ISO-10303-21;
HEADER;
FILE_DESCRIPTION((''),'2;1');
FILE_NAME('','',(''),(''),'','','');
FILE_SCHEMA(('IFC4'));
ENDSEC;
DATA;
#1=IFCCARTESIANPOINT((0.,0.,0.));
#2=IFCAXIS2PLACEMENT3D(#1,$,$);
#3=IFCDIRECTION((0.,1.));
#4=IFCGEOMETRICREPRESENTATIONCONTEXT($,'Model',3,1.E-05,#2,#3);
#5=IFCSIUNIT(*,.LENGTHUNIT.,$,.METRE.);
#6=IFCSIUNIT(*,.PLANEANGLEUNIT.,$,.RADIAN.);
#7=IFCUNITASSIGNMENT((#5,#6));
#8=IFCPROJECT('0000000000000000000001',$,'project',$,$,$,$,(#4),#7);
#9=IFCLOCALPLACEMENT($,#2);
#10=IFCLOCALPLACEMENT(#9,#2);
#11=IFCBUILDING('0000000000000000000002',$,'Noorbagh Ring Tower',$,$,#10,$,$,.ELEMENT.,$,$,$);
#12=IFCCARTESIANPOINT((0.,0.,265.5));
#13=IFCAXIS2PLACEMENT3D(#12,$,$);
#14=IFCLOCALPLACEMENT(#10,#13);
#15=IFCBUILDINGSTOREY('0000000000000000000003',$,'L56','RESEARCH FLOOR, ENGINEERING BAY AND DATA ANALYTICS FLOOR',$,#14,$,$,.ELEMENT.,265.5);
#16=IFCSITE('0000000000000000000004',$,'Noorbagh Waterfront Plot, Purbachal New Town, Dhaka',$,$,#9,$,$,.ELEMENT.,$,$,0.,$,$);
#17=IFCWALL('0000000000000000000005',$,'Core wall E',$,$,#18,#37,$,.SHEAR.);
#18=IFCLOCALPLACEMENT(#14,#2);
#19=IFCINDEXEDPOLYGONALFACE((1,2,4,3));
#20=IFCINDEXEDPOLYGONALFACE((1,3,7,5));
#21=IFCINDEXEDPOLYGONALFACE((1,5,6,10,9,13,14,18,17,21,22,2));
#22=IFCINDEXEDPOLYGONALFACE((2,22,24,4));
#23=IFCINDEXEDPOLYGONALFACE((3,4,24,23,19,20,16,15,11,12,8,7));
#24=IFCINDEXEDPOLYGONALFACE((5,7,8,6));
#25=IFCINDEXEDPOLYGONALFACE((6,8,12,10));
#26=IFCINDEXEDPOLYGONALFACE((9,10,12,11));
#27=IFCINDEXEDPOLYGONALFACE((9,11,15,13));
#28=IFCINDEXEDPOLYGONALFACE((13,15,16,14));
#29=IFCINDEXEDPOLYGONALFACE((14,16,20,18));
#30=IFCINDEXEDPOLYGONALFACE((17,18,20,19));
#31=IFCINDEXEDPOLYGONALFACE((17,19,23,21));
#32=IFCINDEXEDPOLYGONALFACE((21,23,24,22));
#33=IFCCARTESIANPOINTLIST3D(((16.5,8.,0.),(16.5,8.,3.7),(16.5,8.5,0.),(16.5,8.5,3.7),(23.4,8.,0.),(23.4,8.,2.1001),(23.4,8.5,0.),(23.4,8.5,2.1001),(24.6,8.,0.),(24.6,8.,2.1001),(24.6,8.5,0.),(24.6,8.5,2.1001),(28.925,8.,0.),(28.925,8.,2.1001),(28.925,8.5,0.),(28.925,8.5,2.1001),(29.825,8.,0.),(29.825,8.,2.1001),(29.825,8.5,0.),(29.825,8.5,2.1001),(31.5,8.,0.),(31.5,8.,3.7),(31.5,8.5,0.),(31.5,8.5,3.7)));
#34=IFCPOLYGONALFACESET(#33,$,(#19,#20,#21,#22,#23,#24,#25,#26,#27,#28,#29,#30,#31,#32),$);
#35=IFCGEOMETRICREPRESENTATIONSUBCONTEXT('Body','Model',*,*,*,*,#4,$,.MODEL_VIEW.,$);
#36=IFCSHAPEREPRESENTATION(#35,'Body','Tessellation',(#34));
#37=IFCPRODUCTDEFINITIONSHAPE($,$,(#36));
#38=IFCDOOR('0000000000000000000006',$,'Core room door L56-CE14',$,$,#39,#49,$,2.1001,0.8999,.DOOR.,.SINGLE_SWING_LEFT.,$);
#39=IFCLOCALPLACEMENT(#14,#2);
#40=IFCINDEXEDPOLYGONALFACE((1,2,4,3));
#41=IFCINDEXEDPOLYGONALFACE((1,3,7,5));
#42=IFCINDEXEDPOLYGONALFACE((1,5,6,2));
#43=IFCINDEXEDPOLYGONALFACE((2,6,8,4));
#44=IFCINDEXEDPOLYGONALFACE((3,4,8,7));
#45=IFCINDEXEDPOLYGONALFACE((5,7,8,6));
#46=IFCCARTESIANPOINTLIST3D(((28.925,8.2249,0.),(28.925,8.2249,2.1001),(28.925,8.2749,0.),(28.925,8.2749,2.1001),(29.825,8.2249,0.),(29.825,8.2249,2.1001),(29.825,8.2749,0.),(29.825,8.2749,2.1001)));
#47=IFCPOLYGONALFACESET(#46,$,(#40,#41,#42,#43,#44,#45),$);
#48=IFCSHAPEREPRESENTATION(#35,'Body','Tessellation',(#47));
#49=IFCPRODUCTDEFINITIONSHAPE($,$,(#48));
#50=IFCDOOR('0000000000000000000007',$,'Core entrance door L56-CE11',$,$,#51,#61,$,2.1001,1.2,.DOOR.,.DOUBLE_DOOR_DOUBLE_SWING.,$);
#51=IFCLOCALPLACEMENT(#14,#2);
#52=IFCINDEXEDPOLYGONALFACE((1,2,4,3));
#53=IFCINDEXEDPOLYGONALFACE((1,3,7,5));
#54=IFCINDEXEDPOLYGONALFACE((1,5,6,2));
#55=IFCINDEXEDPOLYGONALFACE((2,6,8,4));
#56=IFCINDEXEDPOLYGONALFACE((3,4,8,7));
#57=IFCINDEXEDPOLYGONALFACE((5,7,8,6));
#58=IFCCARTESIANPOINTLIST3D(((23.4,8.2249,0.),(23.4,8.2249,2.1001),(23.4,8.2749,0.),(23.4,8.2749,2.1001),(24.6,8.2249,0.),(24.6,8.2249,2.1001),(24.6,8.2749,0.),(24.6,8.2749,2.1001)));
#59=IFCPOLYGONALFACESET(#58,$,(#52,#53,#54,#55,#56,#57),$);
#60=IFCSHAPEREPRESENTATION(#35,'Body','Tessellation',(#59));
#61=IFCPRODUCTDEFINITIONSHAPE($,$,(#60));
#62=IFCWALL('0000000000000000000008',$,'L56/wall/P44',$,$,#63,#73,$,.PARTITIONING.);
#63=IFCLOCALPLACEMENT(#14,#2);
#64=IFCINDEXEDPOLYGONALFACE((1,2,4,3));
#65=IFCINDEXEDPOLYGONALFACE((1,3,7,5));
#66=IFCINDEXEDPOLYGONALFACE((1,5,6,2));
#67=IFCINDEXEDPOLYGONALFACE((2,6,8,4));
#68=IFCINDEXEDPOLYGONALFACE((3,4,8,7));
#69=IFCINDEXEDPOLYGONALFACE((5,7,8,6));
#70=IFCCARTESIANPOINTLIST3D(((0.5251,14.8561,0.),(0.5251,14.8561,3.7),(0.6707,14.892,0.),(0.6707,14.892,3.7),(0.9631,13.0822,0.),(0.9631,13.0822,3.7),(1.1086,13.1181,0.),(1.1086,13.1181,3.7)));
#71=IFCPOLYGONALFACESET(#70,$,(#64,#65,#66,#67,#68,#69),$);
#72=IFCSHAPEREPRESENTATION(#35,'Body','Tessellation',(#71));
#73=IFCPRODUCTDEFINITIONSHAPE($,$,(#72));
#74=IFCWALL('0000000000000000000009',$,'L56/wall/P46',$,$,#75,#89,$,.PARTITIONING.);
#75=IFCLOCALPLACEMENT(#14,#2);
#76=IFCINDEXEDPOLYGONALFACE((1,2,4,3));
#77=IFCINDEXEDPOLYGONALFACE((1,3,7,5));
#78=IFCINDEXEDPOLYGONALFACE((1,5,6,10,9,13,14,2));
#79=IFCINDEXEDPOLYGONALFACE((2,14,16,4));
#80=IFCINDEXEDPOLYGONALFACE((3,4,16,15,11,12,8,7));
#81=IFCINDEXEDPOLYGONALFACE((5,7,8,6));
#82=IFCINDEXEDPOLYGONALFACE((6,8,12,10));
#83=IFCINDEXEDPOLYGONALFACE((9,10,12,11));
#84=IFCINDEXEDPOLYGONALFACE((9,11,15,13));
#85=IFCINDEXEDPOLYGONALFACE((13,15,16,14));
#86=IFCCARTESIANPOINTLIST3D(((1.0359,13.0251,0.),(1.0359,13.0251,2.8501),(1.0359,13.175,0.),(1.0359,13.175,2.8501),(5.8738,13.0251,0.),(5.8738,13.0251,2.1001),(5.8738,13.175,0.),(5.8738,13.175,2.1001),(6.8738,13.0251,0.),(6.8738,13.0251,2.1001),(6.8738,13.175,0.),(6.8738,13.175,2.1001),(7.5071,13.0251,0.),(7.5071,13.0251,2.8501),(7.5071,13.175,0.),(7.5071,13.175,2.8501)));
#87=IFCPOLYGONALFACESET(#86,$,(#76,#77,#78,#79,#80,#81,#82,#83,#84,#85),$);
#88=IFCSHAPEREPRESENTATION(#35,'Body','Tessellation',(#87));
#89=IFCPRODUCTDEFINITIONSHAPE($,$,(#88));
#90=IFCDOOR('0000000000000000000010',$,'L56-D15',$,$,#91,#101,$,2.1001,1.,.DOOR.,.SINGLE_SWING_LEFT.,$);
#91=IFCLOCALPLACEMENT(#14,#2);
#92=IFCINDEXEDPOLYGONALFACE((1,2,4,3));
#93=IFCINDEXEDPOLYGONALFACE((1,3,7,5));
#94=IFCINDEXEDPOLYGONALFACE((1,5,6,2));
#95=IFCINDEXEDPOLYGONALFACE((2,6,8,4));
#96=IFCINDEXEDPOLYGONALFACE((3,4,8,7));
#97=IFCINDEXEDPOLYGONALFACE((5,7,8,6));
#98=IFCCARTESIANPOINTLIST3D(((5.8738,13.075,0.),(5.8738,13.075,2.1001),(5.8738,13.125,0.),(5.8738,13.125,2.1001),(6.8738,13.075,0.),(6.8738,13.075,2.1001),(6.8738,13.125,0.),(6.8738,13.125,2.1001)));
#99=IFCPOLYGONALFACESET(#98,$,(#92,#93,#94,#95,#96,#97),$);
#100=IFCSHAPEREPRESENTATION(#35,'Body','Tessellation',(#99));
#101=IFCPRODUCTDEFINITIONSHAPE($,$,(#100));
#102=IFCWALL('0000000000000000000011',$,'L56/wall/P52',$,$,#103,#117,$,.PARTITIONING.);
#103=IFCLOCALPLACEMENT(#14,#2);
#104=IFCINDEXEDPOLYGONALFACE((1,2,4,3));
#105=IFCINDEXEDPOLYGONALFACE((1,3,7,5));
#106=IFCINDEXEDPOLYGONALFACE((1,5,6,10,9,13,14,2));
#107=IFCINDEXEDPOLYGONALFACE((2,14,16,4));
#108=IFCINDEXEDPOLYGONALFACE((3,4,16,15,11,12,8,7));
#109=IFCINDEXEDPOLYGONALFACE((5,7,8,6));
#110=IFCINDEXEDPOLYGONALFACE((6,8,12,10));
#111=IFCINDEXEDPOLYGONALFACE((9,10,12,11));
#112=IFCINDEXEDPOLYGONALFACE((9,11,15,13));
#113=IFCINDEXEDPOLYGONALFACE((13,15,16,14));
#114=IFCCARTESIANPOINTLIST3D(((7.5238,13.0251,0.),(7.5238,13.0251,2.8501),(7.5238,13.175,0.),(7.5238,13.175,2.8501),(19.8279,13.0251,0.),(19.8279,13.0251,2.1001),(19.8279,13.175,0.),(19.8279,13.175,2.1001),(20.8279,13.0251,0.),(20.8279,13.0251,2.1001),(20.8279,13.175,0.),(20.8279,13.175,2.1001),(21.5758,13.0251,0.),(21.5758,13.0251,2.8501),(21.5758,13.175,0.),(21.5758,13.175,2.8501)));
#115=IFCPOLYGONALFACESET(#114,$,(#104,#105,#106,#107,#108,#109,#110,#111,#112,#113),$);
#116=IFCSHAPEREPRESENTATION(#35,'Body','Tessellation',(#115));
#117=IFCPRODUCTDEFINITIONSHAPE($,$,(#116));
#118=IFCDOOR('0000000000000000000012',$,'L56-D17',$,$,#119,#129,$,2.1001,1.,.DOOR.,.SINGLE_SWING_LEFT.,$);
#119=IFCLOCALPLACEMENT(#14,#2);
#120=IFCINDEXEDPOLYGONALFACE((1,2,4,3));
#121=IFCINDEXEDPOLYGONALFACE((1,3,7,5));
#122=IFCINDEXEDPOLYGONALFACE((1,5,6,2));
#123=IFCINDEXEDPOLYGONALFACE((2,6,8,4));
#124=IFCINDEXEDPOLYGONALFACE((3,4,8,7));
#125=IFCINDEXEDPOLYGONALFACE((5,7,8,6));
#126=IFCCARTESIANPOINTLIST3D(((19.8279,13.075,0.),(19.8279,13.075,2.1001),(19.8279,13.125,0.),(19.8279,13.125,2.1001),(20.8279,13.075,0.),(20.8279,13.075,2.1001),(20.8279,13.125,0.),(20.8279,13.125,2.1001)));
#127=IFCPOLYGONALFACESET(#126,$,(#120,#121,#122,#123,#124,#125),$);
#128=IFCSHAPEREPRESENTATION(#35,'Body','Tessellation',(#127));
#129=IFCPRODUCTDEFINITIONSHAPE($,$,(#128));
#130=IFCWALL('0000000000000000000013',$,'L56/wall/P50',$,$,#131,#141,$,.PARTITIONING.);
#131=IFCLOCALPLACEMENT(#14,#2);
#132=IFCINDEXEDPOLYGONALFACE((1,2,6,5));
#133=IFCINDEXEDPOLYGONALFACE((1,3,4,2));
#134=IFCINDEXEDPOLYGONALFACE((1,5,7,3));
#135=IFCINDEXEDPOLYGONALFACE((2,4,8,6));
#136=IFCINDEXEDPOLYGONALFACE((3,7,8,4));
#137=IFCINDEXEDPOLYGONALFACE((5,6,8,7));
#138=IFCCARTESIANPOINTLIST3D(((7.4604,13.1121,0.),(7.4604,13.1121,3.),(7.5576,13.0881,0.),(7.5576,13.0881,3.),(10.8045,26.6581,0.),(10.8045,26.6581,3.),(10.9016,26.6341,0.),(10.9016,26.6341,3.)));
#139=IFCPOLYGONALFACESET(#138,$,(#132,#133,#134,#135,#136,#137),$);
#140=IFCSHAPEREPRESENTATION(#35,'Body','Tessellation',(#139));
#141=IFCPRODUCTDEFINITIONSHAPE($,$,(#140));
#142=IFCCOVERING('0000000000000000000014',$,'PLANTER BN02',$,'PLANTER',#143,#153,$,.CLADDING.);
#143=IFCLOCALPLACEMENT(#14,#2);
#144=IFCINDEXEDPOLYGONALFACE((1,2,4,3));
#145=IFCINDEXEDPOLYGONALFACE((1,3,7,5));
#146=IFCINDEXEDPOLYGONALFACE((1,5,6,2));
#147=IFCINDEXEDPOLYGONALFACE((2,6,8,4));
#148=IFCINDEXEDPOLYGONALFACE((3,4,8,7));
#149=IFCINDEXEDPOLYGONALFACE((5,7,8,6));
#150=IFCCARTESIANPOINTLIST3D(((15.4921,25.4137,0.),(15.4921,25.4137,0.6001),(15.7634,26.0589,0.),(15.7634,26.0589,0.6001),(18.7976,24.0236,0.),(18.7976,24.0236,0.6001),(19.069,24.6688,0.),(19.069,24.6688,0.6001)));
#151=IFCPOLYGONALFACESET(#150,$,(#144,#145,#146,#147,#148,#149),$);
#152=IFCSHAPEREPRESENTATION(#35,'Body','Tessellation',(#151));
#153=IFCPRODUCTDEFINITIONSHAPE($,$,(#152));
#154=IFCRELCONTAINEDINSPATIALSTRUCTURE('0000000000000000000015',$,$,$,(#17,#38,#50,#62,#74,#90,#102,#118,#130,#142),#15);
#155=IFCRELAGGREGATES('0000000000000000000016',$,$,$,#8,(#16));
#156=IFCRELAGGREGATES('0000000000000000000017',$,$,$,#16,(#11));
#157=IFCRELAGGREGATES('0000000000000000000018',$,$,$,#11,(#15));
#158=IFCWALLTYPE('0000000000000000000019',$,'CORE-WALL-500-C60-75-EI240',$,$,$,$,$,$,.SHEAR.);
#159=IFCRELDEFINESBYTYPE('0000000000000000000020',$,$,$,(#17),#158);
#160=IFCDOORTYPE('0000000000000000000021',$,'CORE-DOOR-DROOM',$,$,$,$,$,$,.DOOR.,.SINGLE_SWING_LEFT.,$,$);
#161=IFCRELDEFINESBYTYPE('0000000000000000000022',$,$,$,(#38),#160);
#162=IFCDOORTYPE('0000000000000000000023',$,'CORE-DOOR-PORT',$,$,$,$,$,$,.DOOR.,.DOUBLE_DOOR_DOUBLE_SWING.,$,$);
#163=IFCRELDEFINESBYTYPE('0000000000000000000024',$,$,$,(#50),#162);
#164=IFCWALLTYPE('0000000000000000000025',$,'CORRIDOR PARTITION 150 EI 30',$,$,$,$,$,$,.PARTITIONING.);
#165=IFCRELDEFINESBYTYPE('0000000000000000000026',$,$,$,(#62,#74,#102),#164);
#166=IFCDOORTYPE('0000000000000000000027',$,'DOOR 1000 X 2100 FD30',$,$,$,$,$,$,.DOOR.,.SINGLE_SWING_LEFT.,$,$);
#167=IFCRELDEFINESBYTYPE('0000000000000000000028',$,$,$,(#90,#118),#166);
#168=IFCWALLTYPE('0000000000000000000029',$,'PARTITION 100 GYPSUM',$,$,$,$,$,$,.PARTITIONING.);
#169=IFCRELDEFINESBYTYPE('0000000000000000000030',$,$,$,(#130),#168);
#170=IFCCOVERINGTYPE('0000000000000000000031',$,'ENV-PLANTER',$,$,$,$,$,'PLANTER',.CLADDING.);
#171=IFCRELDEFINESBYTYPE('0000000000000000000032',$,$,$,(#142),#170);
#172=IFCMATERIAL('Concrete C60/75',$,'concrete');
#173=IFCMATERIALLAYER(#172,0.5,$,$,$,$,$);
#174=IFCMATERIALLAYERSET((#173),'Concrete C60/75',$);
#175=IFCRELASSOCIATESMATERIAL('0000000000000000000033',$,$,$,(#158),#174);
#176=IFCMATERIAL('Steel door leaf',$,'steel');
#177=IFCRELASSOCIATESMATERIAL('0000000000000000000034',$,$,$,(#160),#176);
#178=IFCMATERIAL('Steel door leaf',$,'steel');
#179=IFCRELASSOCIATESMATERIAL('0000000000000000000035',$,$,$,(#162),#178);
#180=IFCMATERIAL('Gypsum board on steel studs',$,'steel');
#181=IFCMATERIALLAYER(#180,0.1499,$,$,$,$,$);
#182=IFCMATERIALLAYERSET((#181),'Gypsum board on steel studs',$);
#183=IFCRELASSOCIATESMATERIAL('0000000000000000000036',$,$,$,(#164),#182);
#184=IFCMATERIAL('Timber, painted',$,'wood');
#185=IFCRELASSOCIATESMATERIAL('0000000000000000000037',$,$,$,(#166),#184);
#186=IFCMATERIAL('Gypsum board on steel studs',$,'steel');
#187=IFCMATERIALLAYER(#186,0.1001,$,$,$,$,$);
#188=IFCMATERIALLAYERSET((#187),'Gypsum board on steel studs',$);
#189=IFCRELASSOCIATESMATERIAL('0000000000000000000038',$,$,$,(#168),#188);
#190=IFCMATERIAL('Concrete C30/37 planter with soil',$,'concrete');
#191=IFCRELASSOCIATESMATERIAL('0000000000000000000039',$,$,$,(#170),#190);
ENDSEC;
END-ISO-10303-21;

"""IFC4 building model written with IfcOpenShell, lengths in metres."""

from ifc_helpers import new_model, si_unit, direction, frame, frame_2d, origin, origin_2d, place, context, subcontext, project, spatial, rectangle, extrude, material, layer, layer_set, type_object, element, fill, save


model = new_model("IFC4")

# Units and contexts
model_context = context("Model", 3, precision=1e-05, world=origin(), true_north=direction((0.0, 1.0)))
body_context = subcontext(model_context, "Body", "Model", "MODEL_VIEW")
ifc_project = project(units=[si_unit("LENGTHUNIT", "METRE"), si_unit("PLANEANGLEUNIT", "RADIAN")], contexts=[model_context])

# Site, building, storey
site_placement = place(None, origin())
site = spatial("IfcSite", under=ifc_project, at=site_placement, Name="Noorbagh Waterfront Plot, Purbachal New Town, Dhaka", CompositionType="ELEMENT", RefElevation=0.0)
building_placement = place(site_placement, origin())
building = spatial("IfcBuilding", under=site, at=building_placement, Name="Noorbagh Ring Tower", CompositionType="ELEMENT")
storey_placement = place(building_placement, frame((0.0, 0.0, 265.5)))
storey = spatial("IfcBuildingStorey", under=building, at=storey_placement, Name="L56", Description="RESEARCH FLOOR, ENGINEERING BAY AND DATA ANALYTICS FLOOR", CompositionType="ELEMENT", Elevation=265.5)

# Wall, openings, doors
ifc_material_1 = material(Name="Concrete C60/75", Category="concrete")
ifc_layer_1 = layer(ifc_material_1, 0.5)
ifc_layer_set_1 = layer_set([ifc_layer_1], Name="Concrete C60/75")
wall_type_1 = type_object("IfcWallType", Name="CORE-WALL-500-C60-75-EI240", PredefinedType="SHEAR", material=ifc_layer_set_1)
wall_1_placement = place(storey_placement, frame((16.5, 8.25, 0.0), z_axis=(0.0, 0.0, 1.0), x_axis=(1.0, 0.0, 0.0)))
wall_1 = element("IfcWall", 1, at=wall_1_placement, inside=storey, type_object=wall_type_1, Name="Core wall E", PredefinedType="SHEAR", context=body_context, shape_type="SweptSolid", body=[
    extrude(rectangle(XDim=15.0, YDim=0.5, at=frame_2d((7.5, 0.0))), origin(), (0.0, 0.0, 1.0), 3.7),
])
opening_1_placement = place(wall_1_placement, frame((6.8999, 0.0, 0.0)))
opening_1 = element("IfcOpeningElement", 2, at=opening_1_placement, cuts=wall_1, PredefinedType="OPENING", context=body_context, shape_type="SweptSolid", body=[
    extrude(rectangle(XDim=1.2, YDim=2.1001, at=frame_2d((0.6001, 1.05))), frame((0.0, 0.26, 0.0), z_axis=(0.0, -1.0, 0.0), x_axis=(1.0, 0.0, 0.0)), (0.0, 0.0, 1.0), 0.52),
])
opening_2_placement = place(wall_1_placement, frame((12.425, 0.0, 0.0)))
opening_2 = element("IfcOpeningElement", 3, at=opening_2_placement, cuts=wall_1, PredefinedType="OPENING", context=body_context, shape_type="SweptSolid", body=[
    extrude(rectangle(XDim=0.8999, YDim=2.1001, at=frame_2d((0.45, 1.05))), frame((0.0, 0.26, 0.0), z_axis=(0.0, -1.0, 0.0), x_axis=(1.0, 0.0, 0.0)), (0.0, 0.0, 1.0), 0.52),
])
ifc_material_2 = material(Name="Steel door leaf", Category="steel")
door_type_1 = type_object("IfcDoorType", Name="CORE-DOOR-DROOM", OperationType="SINGLE_SWING_LEFT", PredefinedType="DOOR", material=ifc_material_2)
door_1_placement = place(opening_2_placement, origin())
door_1 = element("IfcDoor", 4, at=door_1_placement, inside=storey, type_object=door_type_1, Name="Core room door L56-CE14", OperationType="SINGLE_SWING_LEFT", OverallHeight=2.1001, OverallWidth=0.8999, PredefinedType="DOOR", context=body_context, shape_type="SweptSolid", body=[
    extrude(rectangle(XDim=0.8999, YDim=2.1001, at=frame_2d((0.45, 1.05))), frame((0.0, 0.0249, 0.0), z_axis=(0.0, -1.0, 0.0), x_axis=(1.0, 0.0, 0.0)), (0.0, 0.0, 1.0), 0.05),
])
fill(opening_2, door_1)
ifc_material_3 = material(Name="Steel door leaf", Category="steel")
door_type_2 = type_object("IfcDoorType", Name="CORE-DOOR-PORT", OperationType="DOUBLE_DOOR_DOUBLE_SWING", PredefinedType="DOOR", material=ifc_material_3)
door_2_placement = place(opening_1_placement, origin())
door_2 = element("IfcDoor", 5, at=door_2_placement, inside=storey, type_object=door_type_2, Name="Core entrance door L56-CE11", OperationType="DOUBLE_DOOR_DOUBLE_SWING", OverallHeight=2.1001, OverallWidth=1.2, PredefinedType="DOOR", context=body_context, shape_type="SweptSolid", body=[
    extrude(rectangle(XDim=1.2, YDim=2.1001, at=frame_2d((0.6001, 1.05))), frame((0.0, 0.0249, 0.0), z_axis=(0.0, -1.0, 0.0), x_axis=(1.0, 0.0, 0.0)), (0.0, 0.0, 1.0), 0.05),
])
fill(opening_1, door_2)

# Wall
ifc_material_4 = material(Name="Gypsum board on steel studs", Category="steel")
ifc_layer_2 = layer(ifc_material_4, 0.1499)
ifc_layer_set_2 = layer_set([ifc_layer_2], Name="Gypsum board on steel studs")
wall_type_2 = type_object("IfcWallType", Name="CORRIDOR PARTITION 150 EI 30", PredefinedType="PARTITIONING", material=ifc_layer_set_2)
wall_2_placement = place(storey_placement, frame((0.5979, 14.874, 0.0), z_axis=(0.0, 0.0, 1.0), x_axis=(0.239705, -0.970846, 0.0)))
element("IfcWall", 6, at=wall_2_placement, inside=storey, type_object=wall_type_2, Name="L56/wall/P44", PredefinedType="PARTITIONING", context=body_context, shape_type="SweptSolid", body=[
    extrude(rectangle(XDim=1.8271, YDim=0.1499, at=frame_2d((0.9136, 0.0))), origin(), (0.0, 0.0, 1.0), 3.7),
])

# Walls, openings, doors
wall_3_placement = place(storey_placement, frame((1.0359, 13.1001, 0.0), z_axis=(0.0, 0.0, 1.0), x_axis=(1.0, 0.0, 0.0)))
wall_3 = element("IfcWall", 7, at=wall_3_placement, inside=storey, type_object=wall_type_2, Name="L56/wall/P46", PredefinedType="PARTITIONING", context=body_context, shape_type="SweptSolid", body=[
    extrude(rectangle(XDim=6.4712, YDim=0.1499, at=frame_2d((3.2356, 0.0))), origin(), (0.0, 0.0, 1.0), 2.8501),
])
opening_3_placement = place(wall_3_placement, frame((4.8379, 0.0, 0.0)))
opening_3 = element("IfcOpeningElement", 8, at=opening_3_placement, cuts=wall_3, PredefinedType="OPENING", context=body_context, shape_type="SweptSolid", body=[
    extrude(rectangle(XDim=1.0, YDim=2.1001, at=frame_2d((0.5, 1.05))), frame((0.0, 0.085, 0.0), z_axis=(0.0, -1.0, 0.0), x_axis=(1.0, 0.0, 0.0)), (0.0, 0.0, 1.0), 0.1699),
])
ifc_material_5 = material(Name="Timber, painted", Category="wood")
door_type_3 = type_object("IfcDoorType", Name="DOOR 1000 X 2100 FD30", OperationType="SINGLE_SWING_LEFT", PredefinedType="DOOR", material=ifc_material_5)
door_3_placement = place(opening_3_placement, origin())
door_3 = element("IfcDoor", 9, at=door_3_placement, inside=storey, type_object=door_type_3, Name="L56-D15", OperationType="SINGLE_SWING_LEFT", OverallHeight=2.1001, OverallWidth=1.0, PredefinedType="DOOR", context=body_context, shape_type="SweptSolid", body=[
    extrude(rectangle(XDim=1.0, YDim=2.1001, at=frame_2d((0.5, 1.05))), frame((0.0, 0.0249, 0.0), z_axis=(0.0, -1.0, 0.0), x_axis=(1.0, 0.0, 0.0)), (0.0, 0.0, 1.0), 0.05),
])
fill(opening_3, door_3)
wall_4_placement = place(storey_placement, frame((7.5239, 13.1001, 0.0), z_axis=(0.0, 0.0, 1.0), x_axis=(1.0, 0.0, 0.0)))
wall_4 = element("IfcWall", 10, at=wall_4_placement, inside=storey, type_object=wall_type_2, Name="L56/wall/P52", PredefinedType="PARTITIONING", context=body_context, shape_type="SweptSolid", body=[
    extrude(rectangle(XDim=14.052, YDim=0.1499, at=frame_2d((7.0259, 0.0))), origin(), (0.0, 0.0, 1.0), 2.8501),
])
opening_4_placement = place(wall_4_placement, frame((12.304, 0.0, 0.0)))
opening_4 = element("IfcOpeningElement", 11, at=opening_4_placement, cuts=wall_4, PredefinedType="OPENING", context=body_context, shape_type="SweptSolid", body=[
    extrude(rectangle(XDim=1.0, YDim=2.1001, at=frame_2d((0.5, 1.05))), frame((0.0, 0.085, 0.0), z_axis=(0.0, -1.0, 0.0), x_axis=(1.0, 0.0, 0.0)), (0.0, 0.0, 1.0), 0.1699),
])
door_4_placement = place(opening_4_placement, origin())
door_4 = element("IfcDoor", 12, at=door_4_placement, inside=storey, type_object=door_type_3, Name="L56-D17", OperationType="SINGLE_SWING_LEFT", OverallHeight=2.1001, OverallWidth=1.0, PredefinedType="DOOR", context=body_context, shape_type="SweptSolid", body=[
    extrude(rectangle(XDim=1.0, YDim=2.1001, at=frame_2d((0.5, 1.05))), frame((0.0, 0.0249, 0.0), z_axis=(0.0, -1.0, 0.0), x_axis=(1.0, 0.0, 0.0)), (0.0, 0.0, 1.0), 0.05),
])
fill(opening_4, door_4)

# Wall
ifc_material_6 = material(Name="Gypsum board on steel studs", Category="steel")
ifc_layer_3 = layer(ifc_material_6, 0.1001)
ifc_layer_set_3 = layer_set([ifc_layer_3], Name="Gypsum board on steel studs")
wall_type_3 = type_object("IfcWallType", Name="PARTITION 100 GYPSUM", PredefinedType="PARTITIONING", material=ifc_layer_set_3)
wall_5_placement = place(storey_placement, frame((7.509, 13.1001, 0.0), z_axis=(0.0, 0.0, 1.0), x_axis=(0.239669, 0.970855, 0.0)))
element("IfcWall", 13, at=wall_5_placement, inside=storey, type_object=wall_type_3, Name="L56/wall/P50", PredefinedType="PARTITIONING", context=body_context, shape_type="SweptSolid", body=[
    extrude(rectangle(XDim=13.9526, YDim=0.1001, at=frame_2d((6.9763, 0.0))), origin(), (0.0, 0.0, 1.0), 3.0),
])

# Covering
ifc_material_7 = material(Name="Concrete C30/37 planter with soil", Category="concrete")
covering_type = type_object("IfcCoveringType", Name="ENV-PLANTER", ElementType="PLANTER", PredefinedType="CLADDING", material=ifc_material_7)
covering_placement = place(storey_placement, frame((17.2805, 25.0413, 0.0), z_axis=(0.0, 0.0, 1.0), x_axis=(-0.921812, 0.387638, 0.0)))
element("IfcCovering", 14, at=covering_placement, inside=storey, type_object=covering_type, Name="PLANTER BN02", ObjectType="PLANTER", PredefinedType="CLADDING", context=body_context, shape_type="SweptSolid", body=[
    extrude(rectangle(XDim=3.5859, YDim=0.7, at=origin_2d()), origin(), (0.0, 0.0, 1.0), 0.6001),
])

save(model, "model.ifc")
